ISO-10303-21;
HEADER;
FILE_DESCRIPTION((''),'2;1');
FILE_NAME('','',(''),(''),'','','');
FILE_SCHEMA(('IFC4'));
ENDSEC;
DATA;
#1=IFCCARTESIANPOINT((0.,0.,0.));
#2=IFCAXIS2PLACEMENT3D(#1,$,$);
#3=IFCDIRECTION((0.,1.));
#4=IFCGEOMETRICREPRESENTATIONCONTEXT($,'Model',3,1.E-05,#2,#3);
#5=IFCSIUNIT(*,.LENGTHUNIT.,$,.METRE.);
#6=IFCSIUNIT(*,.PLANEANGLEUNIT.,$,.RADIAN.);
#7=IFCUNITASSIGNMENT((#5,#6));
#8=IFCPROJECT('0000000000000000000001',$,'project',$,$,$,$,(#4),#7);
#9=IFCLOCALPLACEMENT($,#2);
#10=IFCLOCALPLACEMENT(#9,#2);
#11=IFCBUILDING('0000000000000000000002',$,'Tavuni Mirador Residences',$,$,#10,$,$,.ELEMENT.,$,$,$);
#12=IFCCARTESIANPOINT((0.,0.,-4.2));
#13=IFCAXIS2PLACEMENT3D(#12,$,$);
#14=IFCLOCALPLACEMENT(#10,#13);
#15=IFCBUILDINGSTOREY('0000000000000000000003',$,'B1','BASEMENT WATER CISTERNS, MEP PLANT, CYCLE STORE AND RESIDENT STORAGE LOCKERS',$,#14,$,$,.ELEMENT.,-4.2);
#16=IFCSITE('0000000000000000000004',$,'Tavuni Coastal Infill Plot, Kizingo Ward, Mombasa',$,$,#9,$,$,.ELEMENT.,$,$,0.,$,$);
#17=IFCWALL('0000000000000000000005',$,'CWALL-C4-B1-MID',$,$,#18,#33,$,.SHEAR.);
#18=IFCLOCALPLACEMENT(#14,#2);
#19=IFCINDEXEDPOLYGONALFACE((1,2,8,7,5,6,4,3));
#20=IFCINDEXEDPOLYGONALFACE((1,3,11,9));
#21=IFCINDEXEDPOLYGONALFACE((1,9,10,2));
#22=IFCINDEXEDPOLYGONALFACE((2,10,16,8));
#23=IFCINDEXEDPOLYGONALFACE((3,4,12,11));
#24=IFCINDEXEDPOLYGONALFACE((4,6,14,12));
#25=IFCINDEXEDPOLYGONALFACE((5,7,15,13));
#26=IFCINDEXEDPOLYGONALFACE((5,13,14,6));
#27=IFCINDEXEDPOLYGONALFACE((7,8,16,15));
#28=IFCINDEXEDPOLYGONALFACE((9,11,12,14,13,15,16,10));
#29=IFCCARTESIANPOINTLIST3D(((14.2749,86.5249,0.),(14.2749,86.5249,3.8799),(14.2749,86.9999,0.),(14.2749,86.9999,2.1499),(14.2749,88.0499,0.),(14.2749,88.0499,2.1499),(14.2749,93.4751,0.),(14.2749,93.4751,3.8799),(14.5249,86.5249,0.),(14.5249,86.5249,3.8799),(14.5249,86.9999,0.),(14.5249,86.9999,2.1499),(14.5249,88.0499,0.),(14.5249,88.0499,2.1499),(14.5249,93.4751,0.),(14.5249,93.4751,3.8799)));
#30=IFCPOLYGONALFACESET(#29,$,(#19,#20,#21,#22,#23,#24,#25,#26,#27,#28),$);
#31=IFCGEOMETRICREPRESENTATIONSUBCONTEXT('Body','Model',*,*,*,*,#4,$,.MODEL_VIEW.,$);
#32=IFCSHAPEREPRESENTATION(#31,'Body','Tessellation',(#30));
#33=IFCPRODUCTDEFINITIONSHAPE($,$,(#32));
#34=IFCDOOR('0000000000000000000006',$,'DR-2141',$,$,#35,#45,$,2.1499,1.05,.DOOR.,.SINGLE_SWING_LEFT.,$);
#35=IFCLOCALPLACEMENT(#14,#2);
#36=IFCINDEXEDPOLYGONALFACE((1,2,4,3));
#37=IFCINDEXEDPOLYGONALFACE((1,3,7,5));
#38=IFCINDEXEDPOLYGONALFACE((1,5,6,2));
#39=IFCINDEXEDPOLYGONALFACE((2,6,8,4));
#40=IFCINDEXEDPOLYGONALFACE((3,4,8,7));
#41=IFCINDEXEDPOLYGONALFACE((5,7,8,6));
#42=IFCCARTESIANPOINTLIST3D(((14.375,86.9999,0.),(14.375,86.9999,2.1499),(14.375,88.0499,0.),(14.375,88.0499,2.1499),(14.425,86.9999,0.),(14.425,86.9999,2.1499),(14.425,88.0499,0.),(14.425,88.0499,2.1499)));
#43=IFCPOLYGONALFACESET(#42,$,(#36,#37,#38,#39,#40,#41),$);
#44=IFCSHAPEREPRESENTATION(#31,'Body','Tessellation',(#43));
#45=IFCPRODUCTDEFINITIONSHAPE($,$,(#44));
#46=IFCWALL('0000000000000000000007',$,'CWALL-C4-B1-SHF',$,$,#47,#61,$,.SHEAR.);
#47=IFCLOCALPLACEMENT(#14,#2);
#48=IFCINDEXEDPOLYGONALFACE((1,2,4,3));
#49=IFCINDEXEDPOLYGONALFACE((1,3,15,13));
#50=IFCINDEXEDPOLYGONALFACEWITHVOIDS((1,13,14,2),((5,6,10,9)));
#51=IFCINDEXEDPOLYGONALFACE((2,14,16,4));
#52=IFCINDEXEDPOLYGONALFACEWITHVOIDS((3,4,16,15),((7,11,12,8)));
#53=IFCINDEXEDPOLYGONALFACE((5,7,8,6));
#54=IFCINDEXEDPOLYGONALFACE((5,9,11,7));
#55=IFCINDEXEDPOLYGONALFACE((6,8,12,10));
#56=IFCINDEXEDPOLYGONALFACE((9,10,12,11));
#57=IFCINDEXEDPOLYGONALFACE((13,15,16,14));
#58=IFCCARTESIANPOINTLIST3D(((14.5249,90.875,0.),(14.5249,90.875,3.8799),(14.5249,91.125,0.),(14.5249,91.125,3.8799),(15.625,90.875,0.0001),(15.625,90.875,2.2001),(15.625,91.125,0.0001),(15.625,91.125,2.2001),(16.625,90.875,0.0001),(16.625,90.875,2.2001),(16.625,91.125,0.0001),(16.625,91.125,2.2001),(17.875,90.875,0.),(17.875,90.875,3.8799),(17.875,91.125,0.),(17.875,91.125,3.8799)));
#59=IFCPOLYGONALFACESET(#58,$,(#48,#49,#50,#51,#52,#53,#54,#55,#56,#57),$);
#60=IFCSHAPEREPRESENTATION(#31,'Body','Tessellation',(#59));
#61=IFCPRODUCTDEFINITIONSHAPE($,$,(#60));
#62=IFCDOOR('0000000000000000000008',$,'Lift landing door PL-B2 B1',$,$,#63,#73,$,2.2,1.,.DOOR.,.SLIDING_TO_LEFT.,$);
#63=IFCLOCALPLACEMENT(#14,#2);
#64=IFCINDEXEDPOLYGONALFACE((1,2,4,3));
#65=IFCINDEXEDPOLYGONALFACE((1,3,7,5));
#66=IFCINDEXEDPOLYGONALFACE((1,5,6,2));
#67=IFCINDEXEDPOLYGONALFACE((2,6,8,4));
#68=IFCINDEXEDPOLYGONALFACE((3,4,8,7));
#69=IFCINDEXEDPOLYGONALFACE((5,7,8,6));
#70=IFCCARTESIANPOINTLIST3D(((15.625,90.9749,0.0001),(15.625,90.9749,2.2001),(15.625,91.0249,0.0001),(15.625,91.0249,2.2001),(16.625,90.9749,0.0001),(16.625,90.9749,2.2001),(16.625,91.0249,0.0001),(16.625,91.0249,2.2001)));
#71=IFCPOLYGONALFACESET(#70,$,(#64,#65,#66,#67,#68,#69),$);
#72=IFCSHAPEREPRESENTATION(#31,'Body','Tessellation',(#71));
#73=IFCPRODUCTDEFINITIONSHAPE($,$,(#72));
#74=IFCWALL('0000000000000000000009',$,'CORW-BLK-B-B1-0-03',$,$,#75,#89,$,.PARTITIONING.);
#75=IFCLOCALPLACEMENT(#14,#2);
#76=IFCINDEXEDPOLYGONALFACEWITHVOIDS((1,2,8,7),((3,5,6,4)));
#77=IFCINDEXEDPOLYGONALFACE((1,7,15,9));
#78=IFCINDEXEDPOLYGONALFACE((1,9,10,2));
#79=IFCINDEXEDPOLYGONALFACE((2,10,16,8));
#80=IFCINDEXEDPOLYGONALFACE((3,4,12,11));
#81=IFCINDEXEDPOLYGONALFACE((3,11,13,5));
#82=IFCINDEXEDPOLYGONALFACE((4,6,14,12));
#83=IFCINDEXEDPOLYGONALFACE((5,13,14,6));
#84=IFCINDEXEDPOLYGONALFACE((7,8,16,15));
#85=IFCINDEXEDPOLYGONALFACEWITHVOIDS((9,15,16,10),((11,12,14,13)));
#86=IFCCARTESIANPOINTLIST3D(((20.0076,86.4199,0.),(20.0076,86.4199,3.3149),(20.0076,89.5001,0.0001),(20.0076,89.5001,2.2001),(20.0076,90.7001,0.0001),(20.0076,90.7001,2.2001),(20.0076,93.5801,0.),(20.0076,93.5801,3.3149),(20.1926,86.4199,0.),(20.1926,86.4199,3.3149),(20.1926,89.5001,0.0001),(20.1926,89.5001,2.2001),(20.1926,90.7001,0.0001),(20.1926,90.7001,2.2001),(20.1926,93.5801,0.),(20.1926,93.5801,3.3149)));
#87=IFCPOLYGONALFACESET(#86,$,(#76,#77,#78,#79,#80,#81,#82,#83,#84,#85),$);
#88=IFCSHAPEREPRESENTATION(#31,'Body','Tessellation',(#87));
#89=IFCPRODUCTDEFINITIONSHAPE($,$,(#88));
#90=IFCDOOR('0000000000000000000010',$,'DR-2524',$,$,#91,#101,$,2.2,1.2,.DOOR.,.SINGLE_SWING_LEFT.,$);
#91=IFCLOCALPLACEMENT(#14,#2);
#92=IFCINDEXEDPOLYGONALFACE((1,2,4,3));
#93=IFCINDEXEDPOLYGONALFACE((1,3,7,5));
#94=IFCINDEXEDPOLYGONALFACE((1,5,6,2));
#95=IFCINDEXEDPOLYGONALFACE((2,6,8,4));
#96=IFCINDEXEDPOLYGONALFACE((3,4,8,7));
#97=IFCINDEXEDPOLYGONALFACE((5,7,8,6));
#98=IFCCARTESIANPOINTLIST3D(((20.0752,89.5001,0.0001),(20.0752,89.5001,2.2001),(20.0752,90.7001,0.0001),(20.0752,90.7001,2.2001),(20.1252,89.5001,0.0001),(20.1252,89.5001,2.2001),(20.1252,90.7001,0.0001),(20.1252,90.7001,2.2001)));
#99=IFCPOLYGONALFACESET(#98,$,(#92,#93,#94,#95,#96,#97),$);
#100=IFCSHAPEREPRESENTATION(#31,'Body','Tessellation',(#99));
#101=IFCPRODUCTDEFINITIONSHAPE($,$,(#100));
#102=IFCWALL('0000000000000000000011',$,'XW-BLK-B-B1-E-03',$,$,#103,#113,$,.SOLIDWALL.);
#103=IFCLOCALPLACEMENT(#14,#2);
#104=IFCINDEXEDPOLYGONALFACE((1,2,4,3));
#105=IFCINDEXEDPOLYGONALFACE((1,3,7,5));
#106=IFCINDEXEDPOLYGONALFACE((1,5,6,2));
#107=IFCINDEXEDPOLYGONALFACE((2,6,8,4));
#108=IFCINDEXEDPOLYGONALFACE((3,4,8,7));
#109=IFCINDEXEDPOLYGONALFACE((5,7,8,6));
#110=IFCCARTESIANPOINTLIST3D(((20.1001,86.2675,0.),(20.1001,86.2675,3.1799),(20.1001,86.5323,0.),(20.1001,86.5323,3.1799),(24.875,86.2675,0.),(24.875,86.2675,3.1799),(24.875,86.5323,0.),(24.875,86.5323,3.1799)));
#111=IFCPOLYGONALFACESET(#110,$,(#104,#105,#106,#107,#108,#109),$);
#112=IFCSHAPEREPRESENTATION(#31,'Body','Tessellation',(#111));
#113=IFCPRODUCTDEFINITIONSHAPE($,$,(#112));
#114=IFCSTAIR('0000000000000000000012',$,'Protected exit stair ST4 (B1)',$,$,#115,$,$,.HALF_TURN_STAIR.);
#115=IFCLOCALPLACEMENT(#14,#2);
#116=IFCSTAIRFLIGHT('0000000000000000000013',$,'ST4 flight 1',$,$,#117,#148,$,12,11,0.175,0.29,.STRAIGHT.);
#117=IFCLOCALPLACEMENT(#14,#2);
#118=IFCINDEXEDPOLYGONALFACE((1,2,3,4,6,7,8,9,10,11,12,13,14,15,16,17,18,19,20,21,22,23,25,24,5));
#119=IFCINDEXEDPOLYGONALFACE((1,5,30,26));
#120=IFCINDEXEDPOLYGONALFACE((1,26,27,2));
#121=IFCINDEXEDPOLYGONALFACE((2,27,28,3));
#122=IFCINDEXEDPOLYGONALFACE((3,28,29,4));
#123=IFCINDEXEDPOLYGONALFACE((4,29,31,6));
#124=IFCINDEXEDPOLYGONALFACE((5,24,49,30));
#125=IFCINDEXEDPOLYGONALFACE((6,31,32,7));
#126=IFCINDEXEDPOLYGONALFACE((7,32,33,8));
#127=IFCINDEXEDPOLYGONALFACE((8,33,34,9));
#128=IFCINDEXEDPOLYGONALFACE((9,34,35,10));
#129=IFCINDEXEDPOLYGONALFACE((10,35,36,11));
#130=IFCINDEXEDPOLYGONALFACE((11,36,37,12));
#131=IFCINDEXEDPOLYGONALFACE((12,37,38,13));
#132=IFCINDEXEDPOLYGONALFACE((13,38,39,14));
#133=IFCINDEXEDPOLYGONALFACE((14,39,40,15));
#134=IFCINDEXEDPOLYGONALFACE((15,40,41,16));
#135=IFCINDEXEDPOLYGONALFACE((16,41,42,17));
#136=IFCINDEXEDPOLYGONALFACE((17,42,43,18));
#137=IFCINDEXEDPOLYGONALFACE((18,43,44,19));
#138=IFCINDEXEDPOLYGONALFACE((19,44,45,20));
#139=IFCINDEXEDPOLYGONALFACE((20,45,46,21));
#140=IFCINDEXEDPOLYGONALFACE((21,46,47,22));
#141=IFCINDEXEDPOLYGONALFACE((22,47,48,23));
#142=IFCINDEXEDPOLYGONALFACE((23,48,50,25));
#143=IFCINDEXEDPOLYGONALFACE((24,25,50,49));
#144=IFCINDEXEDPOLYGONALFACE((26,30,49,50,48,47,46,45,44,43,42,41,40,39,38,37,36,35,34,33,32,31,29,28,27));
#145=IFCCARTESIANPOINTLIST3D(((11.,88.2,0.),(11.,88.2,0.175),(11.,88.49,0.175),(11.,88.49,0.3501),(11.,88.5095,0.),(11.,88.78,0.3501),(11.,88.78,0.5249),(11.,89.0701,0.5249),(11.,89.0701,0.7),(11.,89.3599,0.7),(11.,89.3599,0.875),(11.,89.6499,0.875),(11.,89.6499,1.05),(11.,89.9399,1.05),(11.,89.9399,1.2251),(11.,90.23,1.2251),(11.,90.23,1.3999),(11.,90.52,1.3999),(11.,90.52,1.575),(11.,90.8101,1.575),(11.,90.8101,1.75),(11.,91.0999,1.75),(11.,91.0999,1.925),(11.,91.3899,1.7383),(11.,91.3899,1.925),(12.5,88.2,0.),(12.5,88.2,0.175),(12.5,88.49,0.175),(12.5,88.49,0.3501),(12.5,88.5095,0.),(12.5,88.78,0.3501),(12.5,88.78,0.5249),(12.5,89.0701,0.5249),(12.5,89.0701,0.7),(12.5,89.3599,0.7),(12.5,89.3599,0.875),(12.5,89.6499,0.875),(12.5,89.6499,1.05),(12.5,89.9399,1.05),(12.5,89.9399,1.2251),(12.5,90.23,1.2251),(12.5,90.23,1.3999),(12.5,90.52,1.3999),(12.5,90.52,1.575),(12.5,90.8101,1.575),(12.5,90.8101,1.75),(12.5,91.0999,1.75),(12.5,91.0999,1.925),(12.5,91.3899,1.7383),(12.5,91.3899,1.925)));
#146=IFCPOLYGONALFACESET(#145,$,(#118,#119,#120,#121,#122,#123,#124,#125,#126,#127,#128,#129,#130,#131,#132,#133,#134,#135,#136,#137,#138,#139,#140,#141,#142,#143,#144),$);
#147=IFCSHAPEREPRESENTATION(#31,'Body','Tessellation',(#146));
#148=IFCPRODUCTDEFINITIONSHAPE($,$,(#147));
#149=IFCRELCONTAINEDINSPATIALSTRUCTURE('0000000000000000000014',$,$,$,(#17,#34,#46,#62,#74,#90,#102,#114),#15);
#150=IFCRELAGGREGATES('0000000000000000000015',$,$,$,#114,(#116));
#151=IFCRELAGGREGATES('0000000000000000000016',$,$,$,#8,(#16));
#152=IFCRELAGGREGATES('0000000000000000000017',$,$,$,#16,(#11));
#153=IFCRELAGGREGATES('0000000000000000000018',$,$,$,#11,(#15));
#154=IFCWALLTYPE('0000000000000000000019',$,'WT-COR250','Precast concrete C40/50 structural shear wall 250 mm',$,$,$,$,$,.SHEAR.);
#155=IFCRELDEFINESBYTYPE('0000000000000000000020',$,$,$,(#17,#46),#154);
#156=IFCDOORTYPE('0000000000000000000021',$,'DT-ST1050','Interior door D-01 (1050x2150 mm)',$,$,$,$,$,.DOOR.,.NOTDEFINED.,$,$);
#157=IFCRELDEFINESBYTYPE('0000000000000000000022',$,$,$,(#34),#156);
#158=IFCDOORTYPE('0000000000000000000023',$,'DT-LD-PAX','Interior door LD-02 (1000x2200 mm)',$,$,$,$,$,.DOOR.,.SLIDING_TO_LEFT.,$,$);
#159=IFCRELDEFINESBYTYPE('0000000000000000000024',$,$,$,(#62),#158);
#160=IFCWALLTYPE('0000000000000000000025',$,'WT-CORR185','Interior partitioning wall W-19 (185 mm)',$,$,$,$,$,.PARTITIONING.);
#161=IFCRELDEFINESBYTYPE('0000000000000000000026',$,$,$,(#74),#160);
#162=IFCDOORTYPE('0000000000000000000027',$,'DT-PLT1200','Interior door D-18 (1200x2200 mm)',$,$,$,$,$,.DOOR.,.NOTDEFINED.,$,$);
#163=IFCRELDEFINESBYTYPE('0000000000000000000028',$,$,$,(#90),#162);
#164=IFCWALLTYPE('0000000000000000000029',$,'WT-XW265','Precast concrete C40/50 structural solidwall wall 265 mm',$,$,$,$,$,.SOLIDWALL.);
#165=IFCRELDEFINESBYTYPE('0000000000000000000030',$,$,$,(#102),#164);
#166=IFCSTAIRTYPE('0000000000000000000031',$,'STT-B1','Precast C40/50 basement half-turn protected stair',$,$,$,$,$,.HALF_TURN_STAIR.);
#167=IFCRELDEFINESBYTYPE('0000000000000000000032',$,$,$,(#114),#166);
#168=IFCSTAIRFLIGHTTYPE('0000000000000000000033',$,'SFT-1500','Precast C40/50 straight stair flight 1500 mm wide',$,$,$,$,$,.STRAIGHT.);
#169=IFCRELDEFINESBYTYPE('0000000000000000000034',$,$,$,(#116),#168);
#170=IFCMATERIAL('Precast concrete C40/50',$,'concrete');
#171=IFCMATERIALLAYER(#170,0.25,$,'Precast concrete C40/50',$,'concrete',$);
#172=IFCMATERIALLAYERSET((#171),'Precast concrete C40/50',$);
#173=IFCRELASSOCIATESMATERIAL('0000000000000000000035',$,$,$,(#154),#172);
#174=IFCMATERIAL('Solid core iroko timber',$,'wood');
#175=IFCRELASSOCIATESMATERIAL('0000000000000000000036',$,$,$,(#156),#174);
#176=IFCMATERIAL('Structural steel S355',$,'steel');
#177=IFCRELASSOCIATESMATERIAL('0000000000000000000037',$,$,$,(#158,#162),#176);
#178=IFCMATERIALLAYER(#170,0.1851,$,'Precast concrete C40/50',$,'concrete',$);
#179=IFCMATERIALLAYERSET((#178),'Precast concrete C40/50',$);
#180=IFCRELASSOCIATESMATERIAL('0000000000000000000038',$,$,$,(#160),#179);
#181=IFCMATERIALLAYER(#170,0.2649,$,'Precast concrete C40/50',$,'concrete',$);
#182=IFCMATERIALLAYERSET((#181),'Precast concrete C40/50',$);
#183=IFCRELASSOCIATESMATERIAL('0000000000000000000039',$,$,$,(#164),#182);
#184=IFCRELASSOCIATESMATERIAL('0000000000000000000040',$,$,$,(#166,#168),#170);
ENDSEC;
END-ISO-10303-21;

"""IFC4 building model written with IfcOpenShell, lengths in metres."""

from ifc_helpers import new_model, si_unit, direction, frame, frame_2d, origin, place, context, subcontext, project, spatial, polyline, rectangle, outline, extrude, material, layer, layer_set, type_object, element, fill, aggregate, save


model = new_model("IFC4")

# Units and contexts
model_context = context("Model", 3, precision=1e-05, world=origin(), true_north=direction((0.0, 1.0)))
body_context = subcontext(model_context, "Body", "Model", "MODEL_VIEW")
ifc_project = project(units=[si_unit("LENGTHUNIT", "METRE"), si_unit("PLANEANGLEUNIT", "RADIAN")], contexts=[model_context])

# Site, building, storey
site_placement = place(None, origin())
site = spatial("IfcSite", under=ifc_project, at=site_placement, Name="Tavuni Coastal Infill Plot, Kizingo Ward, Mombasa", CompositionType="ELEMENT", RefElevation=0.0)
building_placement = place(site_placement, origin())
building = spatial("IfcBuilding", under=site, at=building_placement, Name="Tavuni Mirador Residences", CompositionType="ELEMENT")
storey_placement = place(building_placement, frame((0.0, 0.0, -4.2)))
storey = spatial("IfcBuildingStorey", under=building, at=storey_placement, Name="B1", Description="BASEMENT WATER CISTERNS, MEP PLANT, CYCLE STORE AND RESIDENT STORAGE LOCKERS", CompositionType="ELEMENT", Elevation=-4.2)

# Shared definitions
ifc_material_1 = material(Name="Precast concrete C40/50", Category="concrete")

# Walls, openings, doors
ifc_layer_1 = layer(ifc_material_1, 0.25, Name="Precast concrete C40/50", Category="concrete")
ifc_layer_set_1 = layer_set([ifc_layer_1], Name="Precast concrete C40/50")
wall_type_1 = type_object("IfcWallType", Name="WT-COR250", Description="Precast concrete C40/50 structural shear wall 250 mm", PredefinedType="SHEAR", material=ifc_layer_set_1)
ifc_material_2 = material(Name="Solid core iroko timber", Category="wood")
wall_1_placement = place(storey_placement, frame((14.3999, 86.5249, 0.0), z_axis=(0.0, 0.0, 1.0), x_axis=(0.0, 1.0, 0.0)))
wall_1 = element("IfcWall", 1, at=wall_1_placement, inside=storey, type_object=wall_type_1, Name="CWALL-C4-B1-MID", PredefinedType="SHEAR", context=body_context, shape_type="SweptSolid", body=[
    extrude(rectangle(XDim=6.9502, YDim=0.25, at=frame_2d((3.4751, 0.0))), origin(), (0.0, 0.0, 1.0), 3.8799),
])
opening_1_placement = place(wall_1_placement, frame((0.4751, 0.0, 0.0)))
opening_1 = element("IfcOpeningElement", 2, at=opening_1_placement, cuts=wall_1, PredefinedType="OPENING", context=body_context, shape_type="SweptSolid", body=[
    extrude(rectangle(XDim=1.05, YDim=2.1499, at=frame_2d((0.5249, 1.075))), frame((0.0, 0.135, 0.0), z_axis=(0.0, -1.0, 0.0), x_axis=(1.0, 0.0, 0.0)), (0.0, 0.0, 1.0), 0.27),
])
door_type_1 = type_object("IfcDoorType", Name="DT-ST1050", Description="Interior door D-01 (1050x2150 mm)", OperationType="NOTDEFINED", PredefinedType="DOOR", material=ifc_material_2)
door_1_placement = place(opening_1_placement, origin())
door_1 = element("IfcDoor", 3, at=door_1_placement, inside=storey, type_object=door_type_1, Name="DR-2141", OperationType="SINGLE_SWING_LEFT", OverallHeight=2.1499, OverallWidth=1.05, PredefinedType="DOOR", context=body_context, shape_type="SweptSolid", body=[
    extrude(rectangle(XDim=1.05, YDim=2.1499, at=frame_2d((0.5249, 1.075))), frame((0.0, 0.0249, 0.0), z_axis=(0.0, -1.0, 0.0), x_axis=(1.0, 0.0, 0.0)), (0.0, 0.0, 1.0), 0.05),
])
fill(opening_1, door_1)
wall_2_placement = place(storey_placement, frame((14.5249, 91.0, 0.0), z_axis=(0.0, 0.0, 1.0), x_axis=(1.0, 0.0, 0.0)))
wall_2 = element("IfcWall", 4, at=wall_2_placement, inside=storey, type_object=wall_type_1, Name="CWALL-C4-B1-SHF", PredefinedType="SHEAR", context=body_context, shape_type="SweptSolid", body=[
    extrude(rectangle(XDim=3.3501, YDim=0.25, at=frame_2d((1.675, 0.0))), origin(), (0.0, 0.0, 1.0), 3.8799),
])
opening_2_placement = place(wall_2_placement, frame((1.1001, 0.0, 0.0)))
opening_2 = element("IfcOpeningElement", 5, at=opening_2_placement, cuts=wall_2, PredefinedType="OPENING", context=body_context, shape_type="SweptSolid", body=[
    extrude(rectangle(XDim=1.0, YDim=2.2, at=frame_2d((0.5, 1.1001))), frame((0.0, 0.135, 0.0), z_axis=(0.0, -1.0, 0.0), x_axis=(1.0, 0.0, 0.0)), (0.0, 0.0, 1.0), 0.27),
])
ifc_material_3 = material(Name="Structural steel S355", Category="steel")
door_type_2 = type_object("IfcDoorType", Name="DT-LD-PAX", Description="Interior door LD-02 (1000x2200 mm)", OperationType="SLIDING_TO_LEFT", PredefinedType="DOOR", material=ifc_material_3)
door_2_placement = place(opening_2_placement, origin())
door_2 = element("IfcDoor", 6, at=door_2_placement, inside=storey, type_object=door_type_2, Name="Lift landing door PL-B2 B1", OperationType="SLIDING_TO_LEFT", OverallHeight=2.2, OverallWidth=1.0, PredefinedType="DOOR", context=body_context, shape_type="SweptSolid", body=[
    extrude(rectangle(XDim=1.0, YDim=2.2, at=frame_2d((0.5, 1.1001))), frame((0.0, 0.0249, 0.0), z_axis=(0.0, -1.0, 0.0), x_axis=(1.0, 0.0, 0.0)), (0.0, 0.0, 1.0), 0.05),
])
fill(opening_2, door_2)
ifc_layer_2 = layer(ifc_material_1, 0.1851, Name="Precast concrete C40/50", Category="concrete")
ifc_layer_set_2 = layer_set([ifc_layer_2], Name="Precast concrete C40/50")
wall_type_2 = type_object("IfcWallType", Name="WT-CORR185", Description="Interior partitioning wall W-19 (185 mm)", PredefinedType="PARTITIONING", material=ifc_layer_set_2)
wall_3_placement = place(storey_placement, frame((20.1001, 86.4199, 0.0), z_axis=(0.0, 0.0, 1.0), x_axis=(0.0, 1.0, 0.0)))
wall_3 = element("IfcWall", 7, at=wall_3_placement, inside=storey, type_object=wall_type_2, Name="CORW-BLK-B-B1-0-03", PredefinedType="PARTITIONING", context=body_context, shape_type="SweptSolid", body=[
    extrude(rectangle(XDim=7.1602, YDim=0.1851, at=frame_2d((3.5801, 0.0))), origin(), (0.0, 0.0, 1.0), 3.3149),
])
opening_3_placement = place(wall_3_placement, frame((3.0801, 0.0, 0.0)))
opening_3 = element("IfcOpeningElement", 8, at=opening_3_placement, cuts=wall_3, PredefinedType="OPENING", context=body_context, shape_type="SweptSolid", body=[
    extrude(rectangle(XDim=1.2, YDim=2.2, at=frame_2d((0.6001, 1.1001))), frame((0.0, 0.1025, 0.0), z_axis=(0.0, -1.0, 0.0), x_axis=(1.0, 0.0, 0.0)), (0.0, 0.0, 1.0), 0.2051),
])
door_type_3 = type_object("IfcDoorType", Name="DT-PLT1200", Description="Interior door D-18 (1200x2200 mm)", OperationType="NOTDEFINED", PredefinedType="DOOR", material=ifc_material_3)
door_3_placement = place(opening_3_placement, origin())
door_3 = element("IfcDoor", 9, at=door_3_placement, inside=storey, type_object=door_type_3, Name="DR-2524", OperationType="SINGLE_SWING_LEFT", OverallHeight=2.2, OverallWidth=1.2, PredefinedType="DOOR", context=body_context, shape_type="SweptSolid", body=[
    extrude(rectangle(XDim=1.2, YDim=2.2, at=frame_2d((0.6001, 1.1001))), frame((0.0, 0.0249, 0.0), z_axis=(0.0, -1.0, 0.0), x_axis=(1.0, 0.0, 0.0)), (0.0, 0.0, 1.0), 0.05),
])
fill(opening_3, door_3)

# Wall
ifc_layer_3 = layer(ifc_material_1, 0.2649, Name="Precast concrete C40/50", Category="concrete")
ifc_layer_set_3 = layer_set([ifc_layer_3], Name="Precast concrete C40/50")
wall_type_3 = type_object("IfcWallType", Name="WT-XW265", Description="Precast concrete C40/50 structural solidwall wall 265 mm", PredefinedType="SOLIDWALL", material=ifc_layer_set_3)
wall_4_placement = place(storey_placement, frame((20.1001, 86.3999, 0.0), z_axis=(0.0, 0.0, 1.0), x_axis=(1.0, 0.0, 0.0)))
element("IfcWall", 10, at=wall_4_placement, inside=storey, type_object=wall_type_3, Name="XW-BLK-B-B1-E-03", PredefinedType="SOLIDWALL", context=body_context, shape_type="SweptSolid", body=[
    extrude(rectangle(XDim=4.7749, YDim=0.2649, at=frame_2d((2.3875, 0.0))), origin(), (0.0, 0.0, 1.0), 3.1799),
])

# Stair, stair flight
stair_type = type_object("IfcStairType", Name="STT-B1", Description="Precast C40/50 basement half-turn protected stair", PredefinedType="HALF_TURN_STAIR", material=ifc_material_1)
stair_placement = place(storey_placement, origin())
stair = element("IfcStair", 11, at=stair_placement, inside=storey, type_object=stair_type, Name="Protected exit stair ST4 (B1)", PredefinedType="HALF_TURN_STAIR")
stair_flight_type = type_object("IfcStairFlightType", Name="SFT-1500", Description="Precast C40/50 straight stair flight 1500 mm wide", PredefinedType="STRAIGHT", material=ifc_material_1)
stair_flight_1_placement = place(storey_placement, frame((11.75, 88.2, 0.0), z_axis=(0.0, 0.0, 1.0), x_axis=(0.0, 1.0, 0.0)))
stair_flight_1 = element("IfcStairFlight", 12, at=stair_flight_1_placement, type_object=stair_flight_type, Name="ST4 flight 1", NumberOfRisers=12, NumberOfTreads=11, PredefinedType="STRAIGHT", RiserHeight=0.175, TreadLength=0.29, context=body_context, shape_type="SweptSolid", body=[
    extrude(outline(polyline([(0.0, 0.0), (0.0, 0.175), (0.29, 0.175), (0.29, 0.3501), (0.5801, 0.3501), (0.5801, 0.5249), (0.8701, 0.5249), (0.8701, 0.7), (1.1599, 0.7), (1.1599, 0.875), (1.45, 0.875), (1.45, 1.05), (1.74, 1.05), (1.74, 1.2251), (2.03, 1.2251), (2.03, 1.3999), (2.3201, 1.3999), (2.3201, 1.575), (2.6101, 1.575), (2.6101, 1.75), (2.8999, 1.75), (2.8999, 1.925), (3.1899, 1.925), (3.1899, 2.1001), (3.1899, 1.7383), (0.3096, 0.0), (0.0, 0.0)])), frame((0.0, 0.75, 0.0), z_axis=(0.0, -1.0, 0.0), x_axis=(1.0, 0.0, 0.0)), (0.0, 0.0, 1.0), 1.5),
])
aggregate(stair, [stair_flight_1])

save(model, "model.ifc")
